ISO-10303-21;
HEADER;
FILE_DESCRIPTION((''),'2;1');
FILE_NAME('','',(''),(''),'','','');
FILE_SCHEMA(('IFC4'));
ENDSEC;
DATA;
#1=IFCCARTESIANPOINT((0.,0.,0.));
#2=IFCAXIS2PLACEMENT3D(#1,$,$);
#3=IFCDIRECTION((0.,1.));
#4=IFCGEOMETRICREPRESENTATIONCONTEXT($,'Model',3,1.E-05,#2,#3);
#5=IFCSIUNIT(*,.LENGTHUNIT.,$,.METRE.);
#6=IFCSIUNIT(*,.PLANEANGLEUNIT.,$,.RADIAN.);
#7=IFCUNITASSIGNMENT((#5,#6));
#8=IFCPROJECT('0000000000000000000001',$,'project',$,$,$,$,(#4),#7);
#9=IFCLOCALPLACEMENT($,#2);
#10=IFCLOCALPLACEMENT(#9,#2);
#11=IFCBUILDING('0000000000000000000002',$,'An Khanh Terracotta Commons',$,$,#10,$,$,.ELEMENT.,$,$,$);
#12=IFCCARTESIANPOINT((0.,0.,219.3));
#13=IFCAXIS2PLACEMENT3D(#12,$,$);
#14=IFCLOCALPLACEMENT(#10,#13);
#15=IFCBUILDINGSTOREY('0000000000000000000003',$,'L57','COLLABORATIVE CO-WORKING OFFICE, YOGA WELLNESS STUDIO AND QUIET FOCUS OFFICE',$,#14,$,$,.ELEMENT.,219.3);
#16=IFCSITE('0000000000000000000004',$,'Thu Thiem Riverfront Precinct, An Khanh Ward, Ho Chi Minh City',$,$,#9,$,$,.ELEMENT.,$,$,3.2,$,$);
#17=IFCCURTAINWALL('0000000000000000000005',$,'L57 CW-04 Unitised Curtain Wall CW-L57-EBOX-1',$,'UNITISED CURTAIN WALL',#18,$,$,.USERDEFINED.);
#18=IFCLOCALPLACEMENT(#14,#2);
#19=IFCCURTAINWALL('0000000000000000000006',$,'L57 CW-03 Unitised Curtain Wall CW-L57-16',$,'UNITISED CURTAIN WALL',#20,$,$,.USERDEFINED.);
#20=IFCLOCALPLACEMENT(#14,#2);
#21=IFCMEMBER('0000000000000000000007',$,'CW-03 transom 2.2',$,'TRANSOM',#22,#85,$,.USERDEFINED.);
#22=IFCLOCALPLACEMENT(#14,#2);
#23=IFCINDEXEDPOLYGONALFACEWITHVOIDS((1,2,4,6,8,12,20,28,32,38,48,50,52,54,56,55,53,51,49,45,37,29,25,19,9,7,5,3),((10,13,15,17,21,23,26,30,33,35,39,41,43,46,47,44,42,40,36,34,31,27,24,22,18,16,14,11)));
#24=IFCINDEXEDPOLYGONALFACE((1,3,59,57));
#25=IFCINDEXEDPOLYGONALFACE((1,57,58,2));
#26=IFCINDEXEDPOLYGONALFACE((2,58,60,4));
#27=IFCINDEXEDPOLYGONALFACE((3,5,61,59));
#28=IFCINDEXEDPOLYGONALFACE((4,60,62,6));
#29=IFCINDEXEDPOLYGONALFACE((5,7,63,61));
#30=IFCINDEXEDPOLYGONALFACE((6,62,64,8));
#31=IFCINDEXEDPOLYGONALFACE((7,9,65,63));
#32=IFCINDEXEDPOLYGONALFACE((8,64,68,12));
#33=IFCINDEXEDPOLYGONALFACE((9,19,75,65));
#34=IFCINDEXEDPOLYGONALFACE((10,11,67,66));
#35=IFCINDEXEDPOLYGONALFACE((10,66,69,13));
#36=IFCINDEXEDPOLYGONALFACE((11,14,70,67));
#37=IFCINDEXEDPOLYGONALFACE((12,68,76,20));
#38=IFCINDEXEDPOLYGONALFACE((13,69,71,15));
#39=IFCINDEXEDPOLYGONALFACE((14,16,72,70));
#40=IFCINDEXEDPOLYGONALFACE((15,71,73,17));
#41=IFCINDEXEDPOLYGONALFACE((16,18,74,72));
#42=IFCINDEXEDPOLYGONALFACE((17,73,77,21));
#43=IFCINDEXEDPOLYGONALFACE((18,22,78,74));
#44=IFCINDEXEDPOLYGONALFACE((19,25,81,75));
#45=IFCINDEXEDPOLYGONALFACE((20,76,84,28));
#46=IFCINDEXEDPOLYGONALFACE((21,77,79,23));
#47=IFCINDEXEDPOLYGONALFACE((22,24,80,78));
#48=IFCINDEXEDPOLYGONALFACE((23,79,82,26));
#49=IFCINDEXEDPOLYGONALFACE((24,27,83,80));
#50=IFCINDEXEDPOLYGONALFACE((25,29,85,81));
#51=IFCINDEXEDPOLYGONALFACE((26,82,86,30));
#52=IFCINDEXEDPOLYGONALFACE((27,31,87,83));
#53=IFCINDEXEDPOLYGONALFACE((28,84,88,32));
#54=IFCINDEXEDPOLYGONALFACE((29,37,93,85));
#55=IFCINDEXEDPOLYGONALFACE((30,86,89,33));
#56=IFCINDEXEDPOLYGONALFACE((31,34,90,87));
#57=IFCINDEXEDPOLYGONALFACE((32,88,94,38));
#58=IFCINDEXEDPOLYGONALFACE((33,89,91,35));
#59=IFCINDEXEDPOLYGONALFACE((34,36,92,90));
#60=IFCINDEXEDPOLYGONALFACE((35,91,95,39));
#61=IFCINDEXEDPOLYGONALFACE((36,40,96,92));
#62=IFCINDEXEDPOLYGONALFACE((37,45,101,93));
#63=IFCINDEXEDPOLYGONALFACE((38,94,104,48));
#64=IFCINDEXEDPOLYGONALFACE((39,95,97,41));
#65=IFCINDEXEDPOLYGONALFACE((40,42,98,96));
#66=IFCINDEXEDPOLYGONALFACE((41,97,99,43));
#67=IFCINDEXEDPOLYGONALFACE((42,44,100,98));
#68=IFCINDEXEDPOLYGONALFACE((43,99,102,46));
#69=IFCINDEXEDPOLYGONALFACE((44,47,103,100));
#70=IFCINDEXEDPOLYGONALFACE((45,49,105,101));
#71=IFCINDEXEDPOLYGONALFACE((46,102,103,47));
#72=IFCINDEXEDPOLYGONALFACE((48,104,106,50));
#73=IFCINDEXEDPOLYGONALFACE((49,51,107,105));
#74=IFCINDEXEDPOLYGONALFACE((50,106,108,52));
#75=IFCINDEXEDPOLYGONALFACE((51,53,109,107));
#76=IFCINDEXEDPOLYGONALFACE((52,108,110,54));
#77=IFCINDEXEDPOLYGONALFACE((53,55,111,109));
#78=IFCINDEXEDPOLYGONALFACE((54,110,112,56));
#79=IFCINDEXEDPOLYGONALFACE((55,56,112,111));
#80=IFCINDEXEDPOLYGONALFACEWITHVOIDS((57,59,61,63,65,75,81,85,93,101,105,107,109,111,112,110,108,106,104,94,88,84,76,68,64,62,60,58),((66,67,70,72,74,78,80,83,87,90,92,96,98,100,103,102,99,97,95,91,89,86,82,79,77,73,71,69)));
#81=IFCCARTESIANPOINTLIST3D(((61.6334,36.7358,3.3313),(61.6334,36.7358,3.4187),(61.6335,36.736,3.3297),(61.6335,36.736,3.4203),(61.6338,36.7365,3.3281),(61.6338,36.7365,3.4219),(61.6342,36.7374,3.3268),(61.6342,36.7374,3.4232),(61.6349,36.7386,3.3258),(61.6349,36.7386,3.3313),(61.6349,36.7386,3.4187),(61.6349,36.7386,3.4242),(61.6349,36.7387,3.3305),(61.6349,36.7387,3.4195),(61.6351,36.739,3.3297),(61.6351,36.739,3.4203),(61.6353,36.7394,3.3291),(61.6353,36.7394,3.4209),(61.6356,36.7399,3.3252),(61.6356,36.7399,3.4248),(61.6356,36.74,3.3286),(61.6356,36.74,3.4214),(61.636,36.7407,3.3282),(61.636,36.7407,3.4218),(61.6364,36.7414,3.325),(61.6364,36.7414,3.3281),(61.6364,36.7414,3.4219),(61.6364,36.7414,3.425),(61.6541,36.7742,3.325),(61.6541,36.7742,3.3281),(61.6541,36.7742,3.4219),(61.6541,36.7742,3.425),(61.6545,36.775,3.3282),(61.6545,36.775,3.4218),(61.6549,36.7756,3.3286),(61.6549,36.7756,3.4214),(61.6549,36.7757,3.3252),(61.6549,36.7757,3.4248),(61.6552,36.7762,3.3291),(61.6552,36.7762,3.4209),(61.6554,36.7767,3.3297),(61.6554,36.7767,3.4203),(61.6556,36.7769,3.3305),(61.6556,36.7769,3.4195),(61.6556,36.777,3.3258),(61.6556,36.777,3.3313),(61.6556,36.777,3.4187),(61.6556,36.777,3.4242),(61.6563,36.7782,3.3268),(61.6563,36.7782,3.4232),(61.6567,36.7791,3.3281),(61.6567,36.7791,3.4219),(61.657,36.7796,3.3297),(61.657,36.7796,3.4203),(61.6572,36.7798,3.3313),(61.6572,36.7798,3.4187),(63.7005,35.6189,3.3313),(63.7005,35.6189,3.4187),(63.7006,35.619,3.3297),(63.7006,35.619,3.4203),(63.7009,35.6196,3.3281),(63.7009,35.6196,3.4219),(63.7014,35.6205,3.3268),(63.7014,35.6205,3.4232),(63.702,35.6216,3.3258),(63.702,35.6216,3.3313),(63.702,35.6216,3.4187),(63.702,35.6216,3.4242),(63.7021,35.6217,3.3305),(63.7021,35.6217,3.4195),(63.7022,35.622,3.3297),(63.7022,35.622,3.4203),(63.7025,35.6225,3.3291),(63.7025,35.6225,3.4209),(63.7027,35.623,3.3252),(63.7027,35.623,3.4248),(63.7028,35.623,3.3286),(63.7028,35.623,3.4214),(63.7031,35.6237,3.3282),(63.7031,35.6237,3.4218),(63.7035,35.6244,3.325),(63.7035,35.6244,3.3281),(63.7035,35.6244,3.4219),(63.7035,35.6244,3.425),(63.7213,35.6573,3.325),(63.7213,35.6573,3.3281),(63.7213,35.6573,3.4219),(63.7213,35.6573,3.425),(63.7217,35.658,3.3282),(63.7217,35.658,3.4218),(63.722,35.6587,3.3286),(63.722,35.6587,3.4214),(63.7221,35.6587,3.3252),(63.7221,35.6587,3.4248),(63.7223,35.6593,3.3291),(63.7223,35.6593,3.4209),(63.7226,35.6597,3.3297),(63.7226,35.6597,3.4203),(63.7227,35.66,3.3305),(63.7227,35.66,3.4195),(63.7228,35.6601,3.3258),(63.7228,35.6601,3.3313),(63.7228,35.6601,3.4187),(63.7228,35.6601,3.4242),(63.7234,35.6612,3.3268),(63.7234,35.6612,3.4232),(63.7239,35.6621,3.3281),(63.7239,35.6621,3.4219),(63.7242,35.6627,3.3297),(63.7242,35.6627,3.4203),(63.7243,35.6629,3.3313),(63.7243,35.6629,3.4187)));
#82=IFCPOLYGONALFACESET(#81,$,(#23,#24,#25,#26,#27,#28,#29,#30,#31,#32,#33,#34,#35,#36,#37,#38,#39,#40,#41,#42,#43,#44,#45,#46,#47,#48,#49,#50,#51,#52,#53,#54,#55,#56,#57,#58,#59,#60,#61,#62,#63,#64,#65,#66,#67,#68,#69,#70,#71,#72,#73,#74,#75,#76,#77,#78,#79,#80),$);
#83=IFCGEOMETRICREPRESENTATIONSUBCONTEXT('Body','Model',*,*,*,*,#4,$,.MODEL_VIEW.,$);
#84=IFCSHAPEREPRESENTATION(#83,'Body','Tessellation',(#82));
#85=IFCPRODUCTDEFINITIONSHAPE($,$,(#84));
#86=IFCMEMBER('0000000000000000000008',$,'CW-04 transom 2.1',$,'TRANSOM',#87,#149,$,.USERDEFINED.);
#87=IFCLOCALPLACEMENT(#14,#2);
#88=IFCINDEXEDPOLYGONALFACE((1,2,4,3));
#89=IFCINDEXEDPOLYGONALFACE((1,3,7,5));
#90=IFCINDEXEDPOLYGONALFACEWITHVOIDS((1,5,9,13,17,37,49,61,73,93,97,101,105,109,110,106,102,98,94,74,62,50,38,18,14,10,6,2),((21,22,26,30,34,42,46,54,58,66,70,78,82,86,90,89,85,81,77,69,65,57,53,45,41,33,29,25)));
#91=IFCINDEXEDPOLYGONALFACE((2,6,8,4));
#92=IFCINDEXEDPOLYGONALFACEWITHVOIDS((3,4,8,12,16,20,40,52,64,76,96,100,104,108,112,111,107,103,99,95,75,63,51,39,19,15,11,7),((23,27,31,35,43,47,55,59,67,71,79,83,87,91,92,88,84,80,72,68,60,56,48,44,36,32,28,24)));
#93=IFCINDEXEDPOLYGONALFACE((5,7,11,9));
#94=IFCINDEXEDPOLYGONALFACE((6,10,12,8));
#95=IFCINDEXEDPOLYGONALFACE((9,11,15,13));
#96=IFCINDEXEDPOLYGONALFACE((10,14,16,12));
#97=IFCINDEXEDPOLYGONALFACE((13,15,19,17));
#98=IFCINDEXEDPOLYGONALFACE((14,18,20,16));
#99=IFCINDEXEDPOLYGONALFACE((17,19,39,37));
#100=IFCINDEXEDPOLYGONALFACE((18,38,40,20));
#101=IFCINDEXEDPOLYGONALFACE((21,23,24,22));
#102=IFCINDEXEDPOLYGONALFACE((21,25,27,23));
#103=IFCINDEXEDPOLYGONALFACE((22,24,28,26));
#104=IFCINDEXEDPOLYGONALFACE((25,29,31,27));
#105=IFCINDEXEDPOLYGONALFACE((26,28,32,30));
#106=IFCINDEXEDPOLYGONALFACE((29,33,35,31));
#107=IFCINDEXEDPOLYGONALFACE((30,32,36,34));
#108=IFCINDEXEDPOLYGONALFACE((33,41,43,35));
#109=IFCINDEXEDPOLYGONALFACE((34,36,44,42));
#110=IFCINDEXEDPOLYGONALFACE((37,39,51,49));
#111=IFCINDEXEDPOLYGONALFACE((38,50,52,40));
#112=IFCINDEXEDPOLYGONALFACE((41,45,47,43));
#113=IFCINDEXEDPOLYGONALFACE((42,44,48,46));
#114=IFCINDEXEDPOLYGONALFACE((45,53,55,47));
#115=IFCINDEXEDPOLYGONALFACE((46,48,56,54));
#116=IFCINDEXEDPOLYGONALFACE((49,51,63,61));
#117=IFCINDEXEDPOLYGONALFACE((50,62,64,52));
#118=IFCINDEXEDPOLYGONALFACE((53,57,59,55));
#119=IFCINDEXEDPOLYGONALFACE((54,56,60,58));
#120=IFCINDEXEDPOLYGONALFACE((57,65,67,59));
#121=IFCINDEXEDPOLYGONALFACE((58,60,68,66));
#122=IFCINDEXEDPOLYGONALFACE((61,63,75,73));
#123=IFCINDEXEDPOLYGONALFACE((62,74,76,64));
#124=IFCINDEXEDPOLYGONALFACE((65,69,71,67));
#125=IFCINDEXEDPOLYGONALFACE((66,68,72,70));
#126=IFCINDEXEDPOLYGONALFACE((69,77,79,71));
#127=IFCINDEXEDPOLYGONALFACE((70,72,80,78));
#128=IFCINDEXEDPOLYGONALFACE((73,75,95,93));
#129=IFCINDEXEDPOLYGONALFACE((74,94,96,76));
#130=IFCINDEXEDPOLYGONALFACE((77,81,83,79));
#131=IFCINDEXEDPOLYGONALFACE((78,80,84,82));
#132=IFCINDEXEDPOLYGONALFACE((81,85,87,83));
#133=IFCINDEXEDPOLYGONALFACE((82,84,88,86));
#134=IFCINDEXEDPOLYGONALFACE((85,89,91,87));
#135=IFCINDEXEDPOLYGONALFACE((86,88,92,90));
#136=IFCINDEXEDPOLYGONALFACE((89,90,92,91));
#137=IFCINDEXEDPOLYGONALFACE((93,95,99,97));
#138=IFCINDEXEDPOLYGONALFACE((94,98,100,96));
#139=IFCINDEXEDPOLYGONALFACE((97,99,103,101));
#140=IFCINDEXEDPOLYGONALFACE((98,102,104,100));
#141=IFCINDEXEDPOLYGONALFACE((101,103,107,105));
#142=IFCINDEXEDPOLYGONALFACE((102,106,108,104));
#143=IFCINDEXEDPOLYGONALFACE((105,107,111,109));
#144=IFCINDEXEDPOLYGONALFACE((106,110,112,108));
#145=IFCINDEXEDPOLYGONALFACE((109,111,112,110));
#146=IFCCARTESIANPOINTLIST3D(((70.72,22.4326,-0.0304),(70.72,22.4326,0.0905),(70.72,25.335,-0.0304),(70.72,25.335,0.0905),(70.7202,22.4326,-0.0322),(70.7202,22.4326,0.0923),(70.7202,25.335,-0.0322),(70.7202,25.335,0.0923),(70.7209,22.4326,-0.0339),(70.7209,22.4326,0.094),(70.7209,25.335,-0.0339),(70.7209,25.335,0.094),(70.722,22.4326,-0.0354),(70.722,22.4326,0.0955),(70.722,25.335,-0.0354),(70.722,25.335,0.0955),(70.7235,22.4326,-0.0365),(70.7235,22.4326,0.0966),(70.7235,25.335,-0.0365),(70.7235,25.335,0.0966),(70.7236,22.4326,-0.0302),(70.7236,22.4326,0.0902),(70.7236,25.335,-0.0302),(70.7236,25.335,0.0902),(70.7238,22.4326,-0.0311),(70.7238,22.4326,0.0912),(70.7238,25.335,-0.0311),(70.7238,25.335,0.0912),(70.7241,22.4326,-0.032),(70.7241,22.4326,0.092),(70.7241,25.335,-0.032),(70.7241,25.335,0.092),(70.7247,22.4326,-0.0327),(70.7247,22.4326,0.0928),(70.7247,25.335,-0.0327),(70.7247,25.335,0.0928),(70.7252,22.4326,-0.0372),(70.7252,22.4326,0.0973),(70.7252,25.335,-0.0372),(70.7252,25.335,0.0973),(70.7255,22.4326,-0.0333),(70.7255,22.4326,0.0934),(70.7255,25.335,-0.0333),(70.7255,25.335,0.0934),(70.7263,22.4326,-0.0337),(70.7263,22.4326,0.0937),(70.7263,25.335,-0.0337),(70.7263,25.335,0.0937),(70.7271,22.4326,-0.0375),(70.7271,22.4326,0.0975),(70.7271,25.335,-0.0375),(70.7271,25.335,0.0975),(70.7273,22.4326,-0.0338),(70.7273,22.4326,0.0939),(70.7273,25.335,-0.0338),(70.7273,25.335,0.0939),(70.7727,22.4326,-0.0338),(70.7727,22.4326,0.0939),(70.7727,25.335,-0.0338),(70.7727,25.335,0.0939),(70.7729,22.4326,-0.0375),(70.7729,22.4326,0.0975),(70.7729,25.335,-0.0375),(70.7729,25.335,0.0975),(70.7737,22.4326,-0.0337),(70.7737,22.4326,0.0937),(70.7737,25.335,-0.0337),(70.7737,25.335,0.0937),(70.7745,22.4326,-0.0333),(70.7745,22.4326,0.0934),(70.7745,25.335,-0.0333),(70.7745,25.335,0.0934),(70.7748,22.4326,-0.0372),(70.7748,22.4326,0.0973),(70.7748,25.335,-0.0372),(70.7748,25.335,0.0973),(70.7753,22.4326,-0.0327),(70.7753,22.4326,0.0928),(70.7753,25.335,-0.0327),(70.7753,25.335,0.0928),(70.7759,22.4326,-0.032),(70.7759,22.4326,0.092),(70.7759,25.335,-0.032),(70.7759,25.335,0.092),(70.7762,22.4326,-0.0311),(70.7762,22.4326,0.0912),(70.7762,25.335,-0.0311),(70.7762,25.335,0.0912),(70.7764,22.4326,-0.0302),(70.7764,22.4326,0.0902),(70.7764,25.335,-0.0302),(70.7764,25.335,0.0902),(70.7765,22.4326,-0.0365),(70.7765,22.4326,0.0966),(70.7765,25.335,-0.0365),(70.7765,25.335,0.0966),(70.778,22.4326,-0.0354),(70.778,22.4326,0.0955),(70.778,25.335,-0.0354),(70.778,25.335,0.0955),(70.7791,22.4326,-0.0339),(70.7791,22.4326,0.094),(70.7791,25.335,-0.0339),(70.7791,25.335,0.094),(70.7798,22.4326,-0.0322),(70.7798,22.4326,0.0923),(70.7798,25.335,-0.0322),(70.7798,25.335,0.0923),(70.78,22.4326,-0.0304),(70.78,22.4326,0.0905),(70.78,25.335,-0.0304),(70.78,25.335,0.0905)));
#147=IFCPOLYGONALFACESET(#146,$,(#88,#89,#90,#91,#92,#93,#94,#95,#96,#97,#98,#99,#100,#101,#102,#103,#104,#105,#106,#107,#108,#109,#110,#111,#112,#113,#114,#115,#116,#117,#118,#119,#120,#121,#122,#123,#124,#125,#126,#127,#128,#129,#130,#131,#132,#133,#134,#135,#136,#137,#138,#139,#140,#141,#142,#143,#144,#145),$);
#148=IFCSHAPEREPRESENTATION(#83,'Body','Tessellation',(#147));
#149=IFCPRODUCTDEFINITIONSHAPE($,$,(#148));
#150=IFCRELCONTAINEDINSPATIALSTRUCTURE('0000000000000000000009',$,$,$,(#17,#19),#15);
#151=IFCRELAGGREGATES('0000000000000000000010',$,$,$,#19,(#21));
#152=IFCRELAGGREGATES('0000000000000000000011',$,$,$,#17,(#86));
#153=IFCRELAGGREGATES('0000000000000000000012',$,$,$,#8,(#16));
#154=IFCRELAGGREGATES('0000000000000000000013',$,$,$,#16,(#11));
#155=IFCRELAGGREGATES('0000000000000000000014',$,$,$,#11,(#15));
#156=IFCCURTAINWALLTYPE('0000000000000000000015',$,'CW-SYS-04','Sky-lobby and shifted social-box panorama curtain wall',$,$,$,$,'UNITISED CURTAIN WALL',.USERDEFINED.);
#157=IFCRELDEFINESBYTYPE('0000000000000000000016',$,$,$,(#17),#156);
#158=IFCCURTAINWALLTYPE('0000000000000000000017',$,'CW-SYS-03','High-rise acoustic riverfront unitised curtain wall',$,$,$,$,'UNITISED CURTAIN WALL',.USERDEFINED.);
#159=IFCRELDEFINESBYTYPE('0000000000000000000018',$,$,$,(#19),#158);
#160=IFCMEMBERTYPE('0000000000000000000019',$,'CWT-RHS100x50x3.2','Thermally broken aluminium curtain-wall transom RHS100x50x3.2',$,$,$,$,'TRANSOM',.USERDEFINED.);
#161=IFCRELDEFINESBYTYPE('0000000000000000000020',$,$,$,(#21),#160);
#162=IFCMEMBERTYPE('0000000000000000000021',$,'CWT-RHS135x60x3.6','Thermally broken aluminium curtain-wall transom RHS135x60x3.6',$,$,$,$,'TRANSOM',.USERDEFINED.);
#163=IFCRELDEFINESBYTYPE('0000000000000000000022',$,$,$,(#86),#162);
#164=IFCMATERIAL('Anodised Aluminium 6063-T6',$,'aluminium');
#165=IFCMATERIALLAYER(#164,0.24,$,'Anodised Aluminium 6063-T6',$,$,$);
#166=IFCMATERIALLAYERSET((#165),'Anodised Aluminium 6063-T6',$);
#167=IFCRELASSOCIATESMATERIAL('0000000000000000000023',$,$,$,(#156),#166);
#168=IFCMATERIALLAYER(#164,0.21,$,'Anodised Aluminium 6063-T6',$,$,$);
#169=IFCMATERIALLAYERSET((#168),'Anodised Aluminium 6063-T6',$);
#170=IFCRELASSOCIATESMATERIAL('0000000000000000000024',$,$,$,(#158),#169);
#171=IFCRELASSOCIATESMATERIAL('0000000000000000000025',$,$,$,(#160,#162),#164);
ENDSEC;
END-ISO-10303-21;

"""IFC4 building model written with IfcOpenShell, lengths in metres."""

from ifc_helpers import new_model, si_unit, direction, frame, origin, origin_2d, place, context, subcontext, project, spatial, hollow_rectangle, extrude, material, layer, layer_set, material_profile, profile_set, type_object, element, aggregate, save


model = new_model("IFC4")

# Units and contexts
model_context = context("Model", 3, precision=1e-05, world=origin(), true_north=direction((0.0, 1.0)))
body_context = subcontext(model_context, "Body", "Model", "MODEL_VIEW")
ifc_project = project(units=[si_unit("LENGTHUNIT", "METRE"), si_unit("PLANEANGLEUNIT", "RADIAN")], contexts=[model_context])

# Site, building, storey
site_placement = place(None, origin())
site = spatial("IfcSite", under=ifc_project, at=site_placement, Name="Thu Thiem Riverfront Precinct, An Khanh Ward, Ho Chi Minh City", CompositionType="ELEMENT", RefElevation=3.2)
building_placement = place(site_placement, origin())
building = spatial("IfcBuilding", under=site, at=building_placement, Name="An Khanh Terracotta Commons", CompositionType="ELEMENT")
storey_placement = place(building_placement, frame((0.0, 0.0, 219.3)))
storey = spatial("IfcBuildingStorey", under=building, at=storey_placement, Name="L57", Description="COLLABORATIVE CO-WORKING OFFICE, YOGA WELLNESS STUDIO AND QUIET FOCUS OFFICE", CompositionType="ELEMENT", Elevation=219.3)

# Curtain wall
ifc_material_1 = material(Name="Anodised Aluminium 6063-T6", Category="aluminium")
ifc_layer_1 = layer(ifc_material_1, 0.24, Name="Anodised Aluminium 6063-T6")
ifc_layer_set_1 = layer_set([ifc_layer_1], Name="Anodised Aluminium 6063-T6")
curtain_wall_type_1 = type_object("IfcCurtainWallType", Name="CW-SYS-04", Description="Sky-lobby and shifted social-box panorama curtain wall", ElementType="UNITISED CURTAIN WALL", PredefinedType="USERDEFINED", material=ifc_layer_set_1)
curtain_wall_1_placement = place(storey_placement, origin())
curtain_wall_1 = element("IfcCurtainWall", 1, at=curtain_wall_1_placement, inside=storey, type_object=curtain_wall_type_1, Name="L57 CW-04 Unitised Curtain Wall CW-L57-EBOX-1", ObjectType="UNITISED CURTAIN WALL", PredefinedType="USERDEFINED")

# Curtain wall, member
ifc_layer_2 = layer(ifc_material_1, 0.21, Name="Anodised Aluminium 6063-T6")
ifc_layer_set_2 = layer_set([ifc_layer_2], Name="Anodised Aluminium 6063-T6")
curtain_wall_type_2 = type_object("IfcCurtainWallType", Name="CW-SYS-03", Description="High-rise acoustic riverfront unitised curtain wall", ElementType="UNITISED CURTAIN WALL", PredefinedType="USERDEFINED", material=ifc_layer_set_2)
curtain_wall_2_placement = place(storey_placement, origin())
curtain_wall_2 = element("IfcCurtainWall", 2, at=curtain_wall_2_placement, inside=storey, type_object=curtain_wall_type_2, Name="L57 CW-03 Unitised Curtain Wall CW-L57-16", ObjectType="UNITISED CURTAIN WALL", PredefinedType="USERDEFINED")
ifc_material_profile_1 = material_profile(ifc_material_1, hollow_rectangle(XDim=0.05, YDim=0.1001, WallThickness=0.0032, InnerFilletRadius=0.0032, OuterFilletRadius=0.0063, at=origin_2d()), Name="RHS100x50x3.2")
ifc_profile_set_1 = profile_set([ifc_material_profile_1], Name="Anodised Aluminium 6063-T6")
member_type_1 = type_object("IfcMemberType", Name="CWT-RHS100x50x3.2", Description="Thermally broken aluminium curtain-wall transom RHS100x50x3.2", ElementType="TRANSOM", PredefinedType="USERDEFINED", material=ifc_profile_set_1)
member_1_placement = place(storey_placement, frame((63.7124, 35.6409, 3.375), z_axis=(-0.879783, 0.475376, 0.0), x_axis=(-0.475376, -0.879783, 0.0)))
member_1 = element("IfcMember", 3, at=member_1_placement, type_object=member_type_1, Name="CW-03 transom 2.2", ObjectType="TRANSOM", PredefinedType="USERDEFINED", context=body_context, shape_type="SweptSolid", body=[
    extrude(hollow_rectangle(XDim=0.05, YDim=0.1001, WallThickness=0.0032, InnerFilletRadius=0.0032, OuterFilletRadius=0.0063, at=origin_2d()), origin(), (0.0, 0.0, 1.0), 2.3496),
])

# Member
ifc_material_profile_2 = material_profile(ifc_material_1, hollow_rectangle(XDim=0.0601, YDim=0.135, WallThickness=0.0037, InnerFilletRadius=0.0037, OuterFilletRadius=0.0071, at=origin_2d()), Name="RHS135x60x3.6")
ifc_profile_set_2 = profile_set([ifc_material_profile_2], Name="Anodised Aluminium 6063-T6")
member_type_2 = type_object("IfcMemberType", Name="CWT-RHS135x60x3.6", Description="Thermally broken aluminium curtain-wall transom RHS135x60x3.6", ElementType="TRANSOM", PredefinedType="USERDEFINED", material=ifc_profile_set_2)
member_2_placement = place(storey_placement, frame((70.75, 22.4326, 0.03), z_axis=(0.0, 1.0, 0.0), x_axis=(-1.0, 0.0, 0.0)))
member_2 = element("IfcMember", 4, at=member_2_placement, type_object=member_type_2, Name="CW-04 transom 2.1", ObjectType="TRANSOM", PredefinedType="USERDEFINED", context=body_context, shape_type="SweptSolid", body=[
    extrude(hollow_rectangle(XDim=0.0601, YDim=0.135, WallThickness=0.0037, InnerFilletRadius=0.0037, OuterFilletRadius=0.0071, at=origin_2d()), origin(), (0.0, 0.0, 1.0), 2.9023),
])

aggregate(curtain_wall_2, [member_1])
aggregate(curtain_wall_1, [member_2])

save(model, "model.ifc")
